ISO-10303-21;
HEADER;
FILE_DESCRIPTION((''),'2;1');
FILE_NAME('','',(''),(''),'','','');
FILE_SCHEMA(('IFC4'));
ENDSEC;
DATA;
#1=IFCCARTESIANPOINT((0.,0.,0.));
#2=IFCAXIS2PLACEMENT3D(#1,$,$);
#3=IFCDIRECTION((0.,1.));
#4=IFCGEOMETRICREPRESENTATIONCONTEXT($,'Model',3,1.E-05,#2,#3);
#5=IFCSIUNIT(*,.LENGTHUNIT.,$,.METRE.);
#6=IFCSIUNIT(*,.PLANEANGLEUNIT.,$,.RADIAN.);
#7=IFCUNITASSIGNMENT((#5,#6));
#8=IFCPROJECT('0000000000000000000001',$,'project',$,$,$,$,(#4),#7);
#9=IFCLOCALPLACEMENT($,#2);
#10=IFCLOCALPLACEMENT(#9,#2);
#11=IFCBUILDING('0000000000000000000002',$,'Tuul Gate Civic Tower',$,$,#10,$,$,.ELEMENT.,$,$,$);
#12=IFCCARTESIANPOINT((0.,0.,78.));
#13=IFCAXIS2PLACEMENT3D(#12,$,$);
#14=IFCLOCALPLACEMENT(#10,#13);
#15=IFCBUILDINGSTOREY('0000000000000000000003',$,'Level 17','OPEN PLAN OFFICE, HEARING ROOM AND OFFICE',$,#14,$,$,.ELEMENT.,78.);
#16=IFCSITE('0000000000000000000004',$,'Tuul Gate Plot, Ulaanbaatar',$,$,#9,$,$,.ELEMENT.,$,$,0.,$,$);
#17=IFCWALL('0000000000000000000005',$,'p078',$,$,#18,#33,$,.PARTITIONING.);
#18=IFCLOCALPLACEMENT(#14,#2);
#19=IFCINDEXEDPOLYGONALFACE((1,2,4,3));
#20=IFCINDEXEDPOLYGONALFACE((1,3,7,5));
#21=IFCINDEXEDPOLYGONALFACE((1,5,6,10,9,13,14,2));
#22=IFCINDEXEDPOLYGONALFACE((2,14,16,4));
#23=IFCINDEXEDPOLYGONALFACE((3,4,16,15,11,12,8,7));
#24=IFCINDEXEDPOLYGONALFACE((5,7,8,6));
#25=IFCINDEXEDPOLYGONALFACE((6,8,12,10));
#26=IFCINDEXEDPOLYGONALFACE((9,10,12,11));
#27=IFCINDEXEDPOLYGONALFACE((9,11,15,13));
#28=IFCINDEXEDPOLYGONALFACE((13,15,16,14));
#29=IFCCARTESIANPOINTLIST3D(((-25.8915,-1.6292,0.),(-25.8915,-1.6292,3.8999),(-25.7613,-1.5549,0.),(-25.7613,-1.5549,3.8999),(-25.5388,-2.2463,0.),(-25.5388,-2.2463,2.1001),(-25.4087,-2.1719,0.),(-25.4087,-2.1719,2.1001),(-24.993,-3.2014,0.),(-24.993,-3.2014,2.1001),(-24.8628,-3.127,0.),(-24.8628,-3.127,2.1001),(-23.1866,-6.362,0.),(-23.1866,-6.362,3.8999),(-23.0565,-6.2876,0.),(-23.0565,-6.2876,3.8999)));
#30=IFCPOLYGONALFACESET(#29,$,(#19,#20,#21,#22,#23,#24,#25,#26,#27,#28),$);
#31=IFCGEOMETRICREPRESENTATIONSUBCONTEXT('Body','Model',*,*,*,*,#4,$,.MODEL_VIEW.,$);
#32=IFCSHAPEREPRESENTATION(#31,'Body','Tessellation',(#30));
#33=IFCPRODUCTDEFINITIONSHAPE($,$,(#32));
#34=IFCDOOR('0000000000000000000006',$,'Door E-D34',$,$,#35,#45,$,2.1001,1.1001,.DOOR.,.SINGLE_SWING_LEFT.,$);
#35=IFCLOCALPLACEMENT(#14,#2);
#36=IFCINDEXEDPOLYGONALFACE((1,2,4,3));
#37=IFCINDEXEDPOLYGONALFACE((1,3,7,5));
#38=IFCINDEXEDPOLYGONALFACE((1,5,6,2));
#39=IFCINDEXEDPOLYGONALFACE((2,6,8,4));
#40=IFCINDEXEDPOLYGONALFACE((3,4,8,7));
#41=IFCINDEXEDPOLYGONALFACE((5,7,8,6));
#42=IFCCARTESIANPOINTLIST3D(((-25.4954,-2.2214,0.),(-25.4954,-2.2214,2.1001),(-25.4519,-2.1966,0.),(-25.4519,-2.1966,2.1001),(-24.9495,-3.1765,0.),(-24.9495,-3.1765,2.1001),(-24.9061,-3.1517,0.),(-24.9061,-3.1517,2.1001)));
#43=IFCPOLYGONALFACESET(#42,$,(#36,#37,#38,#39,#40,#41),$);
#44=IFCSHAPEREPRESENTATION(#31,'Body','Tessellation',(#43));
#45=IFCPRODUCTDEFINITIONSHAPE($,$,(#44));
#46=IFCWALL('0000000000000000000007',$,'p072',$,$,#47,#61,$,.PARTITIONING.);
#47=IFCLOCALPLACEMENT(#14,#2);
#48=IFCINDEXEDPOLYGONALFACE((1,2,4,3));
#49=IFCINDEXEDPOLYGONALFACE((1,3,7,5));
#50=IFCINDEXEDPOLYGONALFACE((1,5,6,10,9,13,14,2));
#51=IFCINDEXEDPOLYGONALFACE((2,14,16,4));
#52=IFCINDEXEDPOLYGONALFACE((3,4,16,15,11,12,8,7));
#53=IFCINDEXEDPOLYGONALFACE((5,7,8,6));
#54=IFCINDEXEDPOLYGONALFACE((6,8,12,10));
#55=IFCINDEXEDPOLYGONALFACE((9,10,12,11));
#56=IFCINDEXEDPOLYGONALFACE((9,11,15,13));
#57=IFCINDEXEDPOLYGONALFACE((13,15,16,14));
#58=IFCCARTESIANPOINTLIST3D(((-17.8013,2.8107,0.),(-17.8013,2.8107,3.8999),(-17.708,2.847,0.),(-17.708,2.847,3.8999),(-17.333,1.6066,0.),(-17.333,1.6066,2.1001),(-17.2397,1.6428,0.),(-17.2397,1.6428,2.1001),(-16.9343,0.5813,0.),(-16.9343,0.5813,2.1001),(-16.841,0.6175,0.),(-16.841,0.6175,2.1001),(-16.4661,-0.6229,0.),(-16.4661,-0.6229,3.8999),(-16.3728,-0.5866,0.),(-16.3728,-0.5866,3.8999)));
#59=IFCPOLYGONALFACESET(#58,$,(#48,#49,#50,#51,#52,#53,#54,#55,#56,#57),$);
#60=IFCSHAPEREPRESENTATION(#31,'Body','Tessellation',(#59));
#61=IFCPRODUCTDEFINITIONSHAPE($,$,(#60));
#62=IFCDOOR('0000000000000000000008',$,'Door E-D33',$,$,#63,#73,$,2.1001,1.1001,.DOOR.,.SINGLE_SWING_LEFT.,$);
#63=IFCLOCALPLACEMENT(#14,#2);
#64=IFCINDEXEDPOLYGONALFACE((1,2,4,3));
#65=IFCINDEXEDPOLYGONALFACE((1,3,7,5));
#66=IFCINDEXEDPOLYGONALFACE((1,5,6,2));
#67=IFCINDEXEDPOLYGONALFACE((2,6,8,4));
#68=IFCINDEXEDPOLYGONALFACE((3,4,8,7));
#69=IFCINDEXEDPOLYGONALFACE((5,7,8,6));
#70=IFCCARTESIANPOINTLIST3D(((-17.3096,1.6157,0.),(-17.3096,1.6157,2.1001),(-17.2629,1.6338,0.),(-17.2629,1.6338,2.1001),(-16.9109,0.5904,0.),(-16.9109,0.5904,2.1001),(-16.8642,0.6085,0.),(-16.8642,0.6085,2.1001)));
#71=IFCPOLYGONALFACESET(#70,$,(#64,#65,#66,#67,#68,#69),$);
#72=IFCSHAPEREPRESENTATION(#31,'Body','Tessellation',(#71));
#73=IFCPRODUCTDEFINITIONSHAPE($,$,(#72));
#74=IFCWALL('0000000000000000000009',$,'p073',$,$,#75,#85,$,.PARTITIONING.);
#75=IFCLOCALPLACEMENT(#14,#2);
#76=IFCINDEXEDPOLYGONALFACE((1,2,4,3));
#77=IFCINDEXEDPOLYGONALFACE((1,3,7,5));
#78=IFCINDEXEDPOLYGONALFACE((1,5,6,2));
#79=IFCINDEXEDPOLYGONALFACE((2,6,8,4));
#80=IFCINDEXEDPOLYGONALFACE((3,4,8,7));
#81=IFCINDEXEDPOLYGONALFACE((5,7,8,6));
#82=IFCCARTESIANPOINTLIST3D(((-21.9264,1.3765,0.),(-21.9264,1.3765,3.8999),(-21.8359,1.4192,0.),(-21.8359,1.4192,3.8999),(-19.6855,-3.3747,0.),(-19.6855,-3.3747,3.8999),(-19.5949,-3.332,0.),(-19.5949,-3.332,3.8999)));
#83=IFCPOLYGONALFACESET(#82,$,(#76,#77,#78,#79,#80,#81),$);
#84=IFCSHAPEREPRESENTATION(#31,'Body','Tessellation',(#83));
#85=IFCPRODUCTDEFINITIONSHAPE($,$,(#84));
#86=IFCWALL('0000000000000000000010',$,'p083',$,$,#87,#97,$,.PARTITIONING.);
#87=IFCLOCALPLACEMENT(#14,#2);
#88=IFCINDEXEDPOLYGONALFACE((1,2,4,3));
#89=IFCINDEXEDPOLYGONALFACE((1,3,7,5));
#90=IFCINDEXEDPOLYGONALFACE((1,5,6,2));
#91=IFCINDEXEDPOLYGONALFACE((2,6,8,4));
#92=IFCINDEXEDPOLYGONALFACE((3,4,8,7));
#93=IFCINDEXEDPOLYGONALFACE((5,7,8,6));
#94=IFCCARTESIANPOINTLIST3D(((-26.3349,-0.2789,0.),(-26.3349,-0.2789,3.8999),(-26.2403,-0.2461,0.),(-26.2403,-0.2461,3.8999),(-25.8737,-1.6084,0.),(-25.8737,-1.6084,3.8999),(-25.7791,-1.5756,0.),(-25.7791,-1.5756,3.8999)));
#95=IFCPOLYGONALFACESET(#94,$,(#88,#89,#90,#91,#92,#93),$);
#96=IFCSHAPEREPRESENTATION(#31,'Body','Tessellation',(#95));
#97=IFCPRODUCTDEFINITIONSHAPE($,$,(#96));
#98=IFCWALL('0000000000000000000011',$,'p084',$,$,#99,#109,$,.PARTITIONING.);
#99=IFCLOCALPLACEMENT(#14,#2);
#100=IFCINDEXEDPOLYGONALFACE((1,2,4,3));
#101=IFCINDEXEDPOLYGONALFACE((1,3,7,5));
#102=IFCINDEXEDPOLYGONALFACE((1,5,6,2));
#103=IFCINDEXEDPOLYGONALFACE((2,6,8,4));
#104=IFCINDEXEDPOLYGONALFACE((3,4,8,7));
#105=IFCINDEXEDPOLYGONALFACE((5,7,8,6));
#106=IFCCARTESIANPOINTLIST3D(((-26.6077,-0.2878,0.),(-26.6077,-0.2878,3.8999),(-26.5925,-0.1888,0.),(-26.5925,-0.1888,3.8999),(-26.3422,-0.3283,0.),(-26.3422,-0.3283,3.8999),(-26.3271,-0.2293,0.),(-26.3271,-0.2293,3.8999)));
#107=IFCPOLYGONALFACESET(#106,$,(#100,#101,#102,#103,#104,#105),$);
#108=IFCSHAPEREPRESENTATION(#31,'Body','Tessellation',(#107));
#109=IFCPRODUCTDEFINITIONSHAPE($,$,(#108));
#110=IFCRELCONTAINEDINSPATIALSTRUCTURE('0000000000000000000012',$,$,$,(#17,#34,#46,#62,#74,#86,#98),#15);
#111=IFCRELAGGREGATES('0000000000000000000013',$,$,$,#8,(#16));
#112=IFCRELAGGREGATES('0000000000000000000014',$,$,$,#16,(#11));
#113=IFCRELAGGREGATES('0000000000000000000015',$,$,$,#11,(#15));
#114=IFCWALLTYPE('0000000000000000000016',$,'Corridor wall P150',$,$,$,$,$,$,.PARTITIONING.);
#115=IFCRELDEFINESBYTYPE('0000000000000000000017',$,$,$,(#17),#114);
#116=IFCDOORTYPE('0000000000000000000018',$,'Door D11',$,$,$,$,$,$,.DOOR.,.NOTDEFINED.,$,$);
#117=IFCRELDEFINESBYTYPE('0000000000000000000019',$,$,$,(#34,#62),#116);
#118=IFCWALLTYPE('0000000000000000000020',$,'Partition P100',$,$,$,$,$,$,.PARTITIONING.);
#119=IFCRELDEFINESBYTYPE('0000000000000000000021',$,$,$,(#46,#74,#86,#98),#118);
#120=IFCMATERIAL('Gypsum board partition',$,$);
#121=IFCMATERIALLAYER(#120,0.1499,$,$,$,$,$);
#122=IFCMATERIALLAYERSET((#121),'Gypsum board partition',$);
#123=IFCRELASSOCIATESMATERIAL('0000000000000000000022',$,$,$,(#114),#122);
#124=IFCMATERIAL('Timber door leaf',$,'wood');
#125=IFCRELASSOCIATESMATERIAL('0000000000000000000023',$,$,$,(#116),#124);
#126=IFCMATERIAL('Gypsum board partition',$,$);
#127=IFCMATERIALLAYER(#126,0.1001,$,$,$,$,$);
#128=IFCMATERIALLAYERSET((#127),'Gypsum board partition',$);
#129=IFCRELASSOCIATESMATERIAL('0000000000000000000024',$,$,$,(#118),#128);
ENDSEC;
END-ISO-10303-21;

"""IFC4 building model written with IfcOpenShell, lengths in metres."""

from ifc_helpers import new_model, si_unit, direction, frame, frame_2d, origin, place, context, subcontext, project, spatial, rectangle, extrude, material, layer, layer_set, type_object, element, fill, save


model = new_model("IFC4")

# Units and contexts
model_context = context("Model", 3, precision=1e-05, world=origin(), true_north=direction((0.0, 1.0)))
body_context = subcontext(model_context, "Body", "Model", "MODEL_VIEW")
ifc_project = project(units=[si_unit("LENGTHUNIT", "METRE"), si_unit("PLANEANGLEUNIT", "RADIAN")], contexts=[model_context])

# Site, building, storey
site_placement = place(None, origin())
site = spatial("IfcSite", under=ifc_project, at=site_placement, Name="Tuul Gate Plot, Ulaanbaatar", CompositionType="ELEMENT", RefElevation=0.0)
building_placement = place(site_placement, origin())
building = spatial("IfcBuilding", under=site, at=building_placement, Name="Tuul Gate Civic Tower", CompositionType="ELEMENT")
storey_placement = place(building_placement, frame((0.0, 0.0, 78.0)))
storey = spatial("IfcBuildingStorey", under=building, at=storey_placement, Name="Level 17", Description="OPEN PLAN OFFICE, HEARING ROOM AND OFFICE", CompositionType="ELEMENT", Elevation=78.0)

# Shared definitions
ifc_material_1 = material(Name="Gypsum board partition")
ifc_layer_1 = layer(ifc_material_1, 0.1499)
ifc_layer_set_1 = layer_set([ifc_layer_1], Name="Gypsum board partition")
wall_type_1 = type_object("IfcWallType", Name="Corridor wall P150", PredefinedType="PARTITIONING", material=ifc_layer_set_1)

# Shared definitions
ifc_material_2 = material(Name="Timber door leaf", Category="wood")
door_type_1 = type_object("IfcDoorType", Name="Door D11", OperationType="NOTDEFINED", PredefinedType="DOOR", material=ifc_material_2)

# Walls, openings, doors
wall_1_placement = place(storey_placement, frame((-25.8264, -1.592, 0.0), z_axis=(0.0, 0.0, 1.0), x_axis=(0.496202, -0.868207, 0.0)))
wall_1 = element("IfcWall", 1, at=wall_1_placement, inside=storey, type_object=wall_type_1, Name="p078", PredefinedType="PARTITIONING", context=body_context, shape_type="SweptSolid", body=[
    extrude(rectangle(XDim=5.4512, YDim=0.1499, at=frame_2d((2.7256, 0.0))), origin(), (0.0, 0.0, 1.0), 3.8999),
])
opening_1_placement = place(wall_1_placement, frame((0.7107, 0.0, 0.0)))
opening_1 = element("IfcOpeningElement", 2, at=opening_1_placement, cuts=wall_1, PredefinedType="OPENING", context=body_context, shape_type="SweptSolid", body=[
    extrude(rectangle(XDim=1.1001, YDim=2.1001, at=frame_2d((0.55, 1.05))), frame((0.0, 0.085, 0.0), z_axis=(0.0, -1.0, 0.0), x_axis=(1.0, 0.0, 0.0)), (0.0, 0.0, 1.0), 0.1699),
])
door_1_placement = place(opening_1_placement, frame((1.1001, 0.0, 0.0), z_axis=(0.0, 0.0, 1.0), x_axis=(-1.0, 0.0, 0.0)))
door_1 = element("IfcDoor", 3, at=door_1_placement, inside=storey, type_object=door_type_1, Name="Door E-D34", OperationType="SINGLE_SWING_LEFT", OverallHeight=2.1001, OverallWidth=1.1001, PredefinedType="DOOR", context=body_context, shape_type="SweptSolid", body=[
    extrude(rectangle(XDim=1.1001, YDim=2.1001, at=frame_2d((0.55, 1.05))), frame((0.0, 0.0249, 0.0), z_axis=(0.0, -1.0, 0.0), x_axis=(1.0, 0.0, 0.0)), (0.0, 0.0, 1.0), 0.05),
])
fill(opening_1, door_1)
ifc_material_3 = material(Name="Gypsum board partition")
ifc_layer_2 = layer(ifc_material_3, 0.1001)
ifc_layer_set_2 = layer_set([ifc_layer_2], Name="Gypsum board partition")
wall_type_2 = type_object("IfcWallType", Name="Partition P100", PredefinedType="PARTITIONING", material=ifc_layer_set_2)
wall_2_placement = place(storey_placement, frame((-17.7546, 2.8289, 0.0), z_axis=(0.0, 0.0, 1.0), x_axis=(0.362427, -0.932012, 0.0)))
wall_2 = element("IfcWall", 4, at=wall_2_placement, inside=storey, type_object=wall_type_2, Name="p072", PredefinedType="PARTITIONING", context=body_context, shape_type="SweptSolid", body=[
    extrude(rectangle(XDim=3.6841, YDim=0.1001, at=frame_2d((1.842, 0.0))), origin(), (0.0, 0.0, 1.0), 3.8999),
])
opening_2_placement = place(wall_2_placement, frame((1.292, 0.0, 0.0)))
opening_2 = element("IfcOpeningElement", 5, at=opening_2_placement, cuts=wall_2, PredefinedType="OPENING", context=body_context, shape_type="SweptSolid", body=[
    extrude(rectangle(XDim=1.1001, YDim=2.1001, at=frame_2d((0.55, 1.05))), frame((0.0, 0.0601, 0.0), z_axis=(0.0, -1.0, 0.0), x_axis=(1.0, 0.0, 0.0)), (0.0, 0.0, 1.0), 0.1201),
])
door_2_placement = place(opening_2_placement, frame((1.1001, 0.0, 0.0), z_axis=(0.0, 0.0, 1.0), x_axis=(-1.0, 0.0, 0.0)))
door_2 = element("IfcDoor", 6, at=door_2_placement, inside=storey, type_object=door_type_1, Name="Door E-D33", OperationType="SINGLE_SWING_LEFT", OverallHeight=2.1001, OverallWidth=1.1001, PredefinedType="DOOR", context=body_context, shape_type="SweptSolid", body=[
    extrude(rectangle(XDim=1.1001, YDim=2.1001, at=frame_2d((0.55, 1.05))), frame((0.0, 0.0249, 0.0), z_axis=(0.0, -1.0, 0.0), x_axis=(1.0, 0.0, 0.0)), (0.0, 0.0, 1.0), 0.05),
])
fill(opening_2, door_2)

# Walls
wall_3_placement = place(storey_placement, frame((-21.8811, 1.3977, 0.0), z_axis=(0.0, 0.0, 1.0), x_axis=(0.426591, -0.904444, 0.0)))
element("IfcWall", 7, at=wall_3_placement, inside=storey, type_object=wall_type_2, Name="p073", PredefinedType="PARTITIONING", context=body_context, shape_type="SweptSolid", body=[
    extrude(rectangle(XDim=5.2532, YDim=0.1001, at=frame_2d((2.6265, 0.0))), origin(), (0.0, 0.0, 1.0), 3.8999),
])
wall_4_placement = place(storey_placement, frame((-25.8264, -1.592, 0.0), z_axis=(0.0, 0.0, 1.0), x_axis=(-0.327706, 0.94478, 0.0)))
element("IfcWall", 8, at=wall_4_placement, inside=storey, type_object=wall_type_2, Name="p083", PredefinedType="PARTITIONING", context=body_context, shape_type="SweptSolid", body=[
    extrude(rectangle(XDim=1.4072, YDim=0.1001, at=frame_2d((0.7036, 0.0))), origin(), (0.0, 0.0, 1.0), 3.8999),
])
wall_5_placement = place(storey_placement, frame((-26.6001, -0.2383, 0.0), z_axis=(0.0, 0.0, 1.0), x_axis=(0.988539, -0.150964, 0.0)))
element("IfcWall", 9, at=wall_5_placement, inside=storey, type_object=wall_type_2, Name="p084", PredefinedType="PARTITIONING", context=body_context, shape_type="SweptSolid", body=[
    extrude(rectangle(XDim=0.2686, YDim=0.1001, at=frame_2d((0.1343, 0.0))), origin(), (0.0, 0.0, 1.0), 3.8999),
])

save(model, "model.ifc")
